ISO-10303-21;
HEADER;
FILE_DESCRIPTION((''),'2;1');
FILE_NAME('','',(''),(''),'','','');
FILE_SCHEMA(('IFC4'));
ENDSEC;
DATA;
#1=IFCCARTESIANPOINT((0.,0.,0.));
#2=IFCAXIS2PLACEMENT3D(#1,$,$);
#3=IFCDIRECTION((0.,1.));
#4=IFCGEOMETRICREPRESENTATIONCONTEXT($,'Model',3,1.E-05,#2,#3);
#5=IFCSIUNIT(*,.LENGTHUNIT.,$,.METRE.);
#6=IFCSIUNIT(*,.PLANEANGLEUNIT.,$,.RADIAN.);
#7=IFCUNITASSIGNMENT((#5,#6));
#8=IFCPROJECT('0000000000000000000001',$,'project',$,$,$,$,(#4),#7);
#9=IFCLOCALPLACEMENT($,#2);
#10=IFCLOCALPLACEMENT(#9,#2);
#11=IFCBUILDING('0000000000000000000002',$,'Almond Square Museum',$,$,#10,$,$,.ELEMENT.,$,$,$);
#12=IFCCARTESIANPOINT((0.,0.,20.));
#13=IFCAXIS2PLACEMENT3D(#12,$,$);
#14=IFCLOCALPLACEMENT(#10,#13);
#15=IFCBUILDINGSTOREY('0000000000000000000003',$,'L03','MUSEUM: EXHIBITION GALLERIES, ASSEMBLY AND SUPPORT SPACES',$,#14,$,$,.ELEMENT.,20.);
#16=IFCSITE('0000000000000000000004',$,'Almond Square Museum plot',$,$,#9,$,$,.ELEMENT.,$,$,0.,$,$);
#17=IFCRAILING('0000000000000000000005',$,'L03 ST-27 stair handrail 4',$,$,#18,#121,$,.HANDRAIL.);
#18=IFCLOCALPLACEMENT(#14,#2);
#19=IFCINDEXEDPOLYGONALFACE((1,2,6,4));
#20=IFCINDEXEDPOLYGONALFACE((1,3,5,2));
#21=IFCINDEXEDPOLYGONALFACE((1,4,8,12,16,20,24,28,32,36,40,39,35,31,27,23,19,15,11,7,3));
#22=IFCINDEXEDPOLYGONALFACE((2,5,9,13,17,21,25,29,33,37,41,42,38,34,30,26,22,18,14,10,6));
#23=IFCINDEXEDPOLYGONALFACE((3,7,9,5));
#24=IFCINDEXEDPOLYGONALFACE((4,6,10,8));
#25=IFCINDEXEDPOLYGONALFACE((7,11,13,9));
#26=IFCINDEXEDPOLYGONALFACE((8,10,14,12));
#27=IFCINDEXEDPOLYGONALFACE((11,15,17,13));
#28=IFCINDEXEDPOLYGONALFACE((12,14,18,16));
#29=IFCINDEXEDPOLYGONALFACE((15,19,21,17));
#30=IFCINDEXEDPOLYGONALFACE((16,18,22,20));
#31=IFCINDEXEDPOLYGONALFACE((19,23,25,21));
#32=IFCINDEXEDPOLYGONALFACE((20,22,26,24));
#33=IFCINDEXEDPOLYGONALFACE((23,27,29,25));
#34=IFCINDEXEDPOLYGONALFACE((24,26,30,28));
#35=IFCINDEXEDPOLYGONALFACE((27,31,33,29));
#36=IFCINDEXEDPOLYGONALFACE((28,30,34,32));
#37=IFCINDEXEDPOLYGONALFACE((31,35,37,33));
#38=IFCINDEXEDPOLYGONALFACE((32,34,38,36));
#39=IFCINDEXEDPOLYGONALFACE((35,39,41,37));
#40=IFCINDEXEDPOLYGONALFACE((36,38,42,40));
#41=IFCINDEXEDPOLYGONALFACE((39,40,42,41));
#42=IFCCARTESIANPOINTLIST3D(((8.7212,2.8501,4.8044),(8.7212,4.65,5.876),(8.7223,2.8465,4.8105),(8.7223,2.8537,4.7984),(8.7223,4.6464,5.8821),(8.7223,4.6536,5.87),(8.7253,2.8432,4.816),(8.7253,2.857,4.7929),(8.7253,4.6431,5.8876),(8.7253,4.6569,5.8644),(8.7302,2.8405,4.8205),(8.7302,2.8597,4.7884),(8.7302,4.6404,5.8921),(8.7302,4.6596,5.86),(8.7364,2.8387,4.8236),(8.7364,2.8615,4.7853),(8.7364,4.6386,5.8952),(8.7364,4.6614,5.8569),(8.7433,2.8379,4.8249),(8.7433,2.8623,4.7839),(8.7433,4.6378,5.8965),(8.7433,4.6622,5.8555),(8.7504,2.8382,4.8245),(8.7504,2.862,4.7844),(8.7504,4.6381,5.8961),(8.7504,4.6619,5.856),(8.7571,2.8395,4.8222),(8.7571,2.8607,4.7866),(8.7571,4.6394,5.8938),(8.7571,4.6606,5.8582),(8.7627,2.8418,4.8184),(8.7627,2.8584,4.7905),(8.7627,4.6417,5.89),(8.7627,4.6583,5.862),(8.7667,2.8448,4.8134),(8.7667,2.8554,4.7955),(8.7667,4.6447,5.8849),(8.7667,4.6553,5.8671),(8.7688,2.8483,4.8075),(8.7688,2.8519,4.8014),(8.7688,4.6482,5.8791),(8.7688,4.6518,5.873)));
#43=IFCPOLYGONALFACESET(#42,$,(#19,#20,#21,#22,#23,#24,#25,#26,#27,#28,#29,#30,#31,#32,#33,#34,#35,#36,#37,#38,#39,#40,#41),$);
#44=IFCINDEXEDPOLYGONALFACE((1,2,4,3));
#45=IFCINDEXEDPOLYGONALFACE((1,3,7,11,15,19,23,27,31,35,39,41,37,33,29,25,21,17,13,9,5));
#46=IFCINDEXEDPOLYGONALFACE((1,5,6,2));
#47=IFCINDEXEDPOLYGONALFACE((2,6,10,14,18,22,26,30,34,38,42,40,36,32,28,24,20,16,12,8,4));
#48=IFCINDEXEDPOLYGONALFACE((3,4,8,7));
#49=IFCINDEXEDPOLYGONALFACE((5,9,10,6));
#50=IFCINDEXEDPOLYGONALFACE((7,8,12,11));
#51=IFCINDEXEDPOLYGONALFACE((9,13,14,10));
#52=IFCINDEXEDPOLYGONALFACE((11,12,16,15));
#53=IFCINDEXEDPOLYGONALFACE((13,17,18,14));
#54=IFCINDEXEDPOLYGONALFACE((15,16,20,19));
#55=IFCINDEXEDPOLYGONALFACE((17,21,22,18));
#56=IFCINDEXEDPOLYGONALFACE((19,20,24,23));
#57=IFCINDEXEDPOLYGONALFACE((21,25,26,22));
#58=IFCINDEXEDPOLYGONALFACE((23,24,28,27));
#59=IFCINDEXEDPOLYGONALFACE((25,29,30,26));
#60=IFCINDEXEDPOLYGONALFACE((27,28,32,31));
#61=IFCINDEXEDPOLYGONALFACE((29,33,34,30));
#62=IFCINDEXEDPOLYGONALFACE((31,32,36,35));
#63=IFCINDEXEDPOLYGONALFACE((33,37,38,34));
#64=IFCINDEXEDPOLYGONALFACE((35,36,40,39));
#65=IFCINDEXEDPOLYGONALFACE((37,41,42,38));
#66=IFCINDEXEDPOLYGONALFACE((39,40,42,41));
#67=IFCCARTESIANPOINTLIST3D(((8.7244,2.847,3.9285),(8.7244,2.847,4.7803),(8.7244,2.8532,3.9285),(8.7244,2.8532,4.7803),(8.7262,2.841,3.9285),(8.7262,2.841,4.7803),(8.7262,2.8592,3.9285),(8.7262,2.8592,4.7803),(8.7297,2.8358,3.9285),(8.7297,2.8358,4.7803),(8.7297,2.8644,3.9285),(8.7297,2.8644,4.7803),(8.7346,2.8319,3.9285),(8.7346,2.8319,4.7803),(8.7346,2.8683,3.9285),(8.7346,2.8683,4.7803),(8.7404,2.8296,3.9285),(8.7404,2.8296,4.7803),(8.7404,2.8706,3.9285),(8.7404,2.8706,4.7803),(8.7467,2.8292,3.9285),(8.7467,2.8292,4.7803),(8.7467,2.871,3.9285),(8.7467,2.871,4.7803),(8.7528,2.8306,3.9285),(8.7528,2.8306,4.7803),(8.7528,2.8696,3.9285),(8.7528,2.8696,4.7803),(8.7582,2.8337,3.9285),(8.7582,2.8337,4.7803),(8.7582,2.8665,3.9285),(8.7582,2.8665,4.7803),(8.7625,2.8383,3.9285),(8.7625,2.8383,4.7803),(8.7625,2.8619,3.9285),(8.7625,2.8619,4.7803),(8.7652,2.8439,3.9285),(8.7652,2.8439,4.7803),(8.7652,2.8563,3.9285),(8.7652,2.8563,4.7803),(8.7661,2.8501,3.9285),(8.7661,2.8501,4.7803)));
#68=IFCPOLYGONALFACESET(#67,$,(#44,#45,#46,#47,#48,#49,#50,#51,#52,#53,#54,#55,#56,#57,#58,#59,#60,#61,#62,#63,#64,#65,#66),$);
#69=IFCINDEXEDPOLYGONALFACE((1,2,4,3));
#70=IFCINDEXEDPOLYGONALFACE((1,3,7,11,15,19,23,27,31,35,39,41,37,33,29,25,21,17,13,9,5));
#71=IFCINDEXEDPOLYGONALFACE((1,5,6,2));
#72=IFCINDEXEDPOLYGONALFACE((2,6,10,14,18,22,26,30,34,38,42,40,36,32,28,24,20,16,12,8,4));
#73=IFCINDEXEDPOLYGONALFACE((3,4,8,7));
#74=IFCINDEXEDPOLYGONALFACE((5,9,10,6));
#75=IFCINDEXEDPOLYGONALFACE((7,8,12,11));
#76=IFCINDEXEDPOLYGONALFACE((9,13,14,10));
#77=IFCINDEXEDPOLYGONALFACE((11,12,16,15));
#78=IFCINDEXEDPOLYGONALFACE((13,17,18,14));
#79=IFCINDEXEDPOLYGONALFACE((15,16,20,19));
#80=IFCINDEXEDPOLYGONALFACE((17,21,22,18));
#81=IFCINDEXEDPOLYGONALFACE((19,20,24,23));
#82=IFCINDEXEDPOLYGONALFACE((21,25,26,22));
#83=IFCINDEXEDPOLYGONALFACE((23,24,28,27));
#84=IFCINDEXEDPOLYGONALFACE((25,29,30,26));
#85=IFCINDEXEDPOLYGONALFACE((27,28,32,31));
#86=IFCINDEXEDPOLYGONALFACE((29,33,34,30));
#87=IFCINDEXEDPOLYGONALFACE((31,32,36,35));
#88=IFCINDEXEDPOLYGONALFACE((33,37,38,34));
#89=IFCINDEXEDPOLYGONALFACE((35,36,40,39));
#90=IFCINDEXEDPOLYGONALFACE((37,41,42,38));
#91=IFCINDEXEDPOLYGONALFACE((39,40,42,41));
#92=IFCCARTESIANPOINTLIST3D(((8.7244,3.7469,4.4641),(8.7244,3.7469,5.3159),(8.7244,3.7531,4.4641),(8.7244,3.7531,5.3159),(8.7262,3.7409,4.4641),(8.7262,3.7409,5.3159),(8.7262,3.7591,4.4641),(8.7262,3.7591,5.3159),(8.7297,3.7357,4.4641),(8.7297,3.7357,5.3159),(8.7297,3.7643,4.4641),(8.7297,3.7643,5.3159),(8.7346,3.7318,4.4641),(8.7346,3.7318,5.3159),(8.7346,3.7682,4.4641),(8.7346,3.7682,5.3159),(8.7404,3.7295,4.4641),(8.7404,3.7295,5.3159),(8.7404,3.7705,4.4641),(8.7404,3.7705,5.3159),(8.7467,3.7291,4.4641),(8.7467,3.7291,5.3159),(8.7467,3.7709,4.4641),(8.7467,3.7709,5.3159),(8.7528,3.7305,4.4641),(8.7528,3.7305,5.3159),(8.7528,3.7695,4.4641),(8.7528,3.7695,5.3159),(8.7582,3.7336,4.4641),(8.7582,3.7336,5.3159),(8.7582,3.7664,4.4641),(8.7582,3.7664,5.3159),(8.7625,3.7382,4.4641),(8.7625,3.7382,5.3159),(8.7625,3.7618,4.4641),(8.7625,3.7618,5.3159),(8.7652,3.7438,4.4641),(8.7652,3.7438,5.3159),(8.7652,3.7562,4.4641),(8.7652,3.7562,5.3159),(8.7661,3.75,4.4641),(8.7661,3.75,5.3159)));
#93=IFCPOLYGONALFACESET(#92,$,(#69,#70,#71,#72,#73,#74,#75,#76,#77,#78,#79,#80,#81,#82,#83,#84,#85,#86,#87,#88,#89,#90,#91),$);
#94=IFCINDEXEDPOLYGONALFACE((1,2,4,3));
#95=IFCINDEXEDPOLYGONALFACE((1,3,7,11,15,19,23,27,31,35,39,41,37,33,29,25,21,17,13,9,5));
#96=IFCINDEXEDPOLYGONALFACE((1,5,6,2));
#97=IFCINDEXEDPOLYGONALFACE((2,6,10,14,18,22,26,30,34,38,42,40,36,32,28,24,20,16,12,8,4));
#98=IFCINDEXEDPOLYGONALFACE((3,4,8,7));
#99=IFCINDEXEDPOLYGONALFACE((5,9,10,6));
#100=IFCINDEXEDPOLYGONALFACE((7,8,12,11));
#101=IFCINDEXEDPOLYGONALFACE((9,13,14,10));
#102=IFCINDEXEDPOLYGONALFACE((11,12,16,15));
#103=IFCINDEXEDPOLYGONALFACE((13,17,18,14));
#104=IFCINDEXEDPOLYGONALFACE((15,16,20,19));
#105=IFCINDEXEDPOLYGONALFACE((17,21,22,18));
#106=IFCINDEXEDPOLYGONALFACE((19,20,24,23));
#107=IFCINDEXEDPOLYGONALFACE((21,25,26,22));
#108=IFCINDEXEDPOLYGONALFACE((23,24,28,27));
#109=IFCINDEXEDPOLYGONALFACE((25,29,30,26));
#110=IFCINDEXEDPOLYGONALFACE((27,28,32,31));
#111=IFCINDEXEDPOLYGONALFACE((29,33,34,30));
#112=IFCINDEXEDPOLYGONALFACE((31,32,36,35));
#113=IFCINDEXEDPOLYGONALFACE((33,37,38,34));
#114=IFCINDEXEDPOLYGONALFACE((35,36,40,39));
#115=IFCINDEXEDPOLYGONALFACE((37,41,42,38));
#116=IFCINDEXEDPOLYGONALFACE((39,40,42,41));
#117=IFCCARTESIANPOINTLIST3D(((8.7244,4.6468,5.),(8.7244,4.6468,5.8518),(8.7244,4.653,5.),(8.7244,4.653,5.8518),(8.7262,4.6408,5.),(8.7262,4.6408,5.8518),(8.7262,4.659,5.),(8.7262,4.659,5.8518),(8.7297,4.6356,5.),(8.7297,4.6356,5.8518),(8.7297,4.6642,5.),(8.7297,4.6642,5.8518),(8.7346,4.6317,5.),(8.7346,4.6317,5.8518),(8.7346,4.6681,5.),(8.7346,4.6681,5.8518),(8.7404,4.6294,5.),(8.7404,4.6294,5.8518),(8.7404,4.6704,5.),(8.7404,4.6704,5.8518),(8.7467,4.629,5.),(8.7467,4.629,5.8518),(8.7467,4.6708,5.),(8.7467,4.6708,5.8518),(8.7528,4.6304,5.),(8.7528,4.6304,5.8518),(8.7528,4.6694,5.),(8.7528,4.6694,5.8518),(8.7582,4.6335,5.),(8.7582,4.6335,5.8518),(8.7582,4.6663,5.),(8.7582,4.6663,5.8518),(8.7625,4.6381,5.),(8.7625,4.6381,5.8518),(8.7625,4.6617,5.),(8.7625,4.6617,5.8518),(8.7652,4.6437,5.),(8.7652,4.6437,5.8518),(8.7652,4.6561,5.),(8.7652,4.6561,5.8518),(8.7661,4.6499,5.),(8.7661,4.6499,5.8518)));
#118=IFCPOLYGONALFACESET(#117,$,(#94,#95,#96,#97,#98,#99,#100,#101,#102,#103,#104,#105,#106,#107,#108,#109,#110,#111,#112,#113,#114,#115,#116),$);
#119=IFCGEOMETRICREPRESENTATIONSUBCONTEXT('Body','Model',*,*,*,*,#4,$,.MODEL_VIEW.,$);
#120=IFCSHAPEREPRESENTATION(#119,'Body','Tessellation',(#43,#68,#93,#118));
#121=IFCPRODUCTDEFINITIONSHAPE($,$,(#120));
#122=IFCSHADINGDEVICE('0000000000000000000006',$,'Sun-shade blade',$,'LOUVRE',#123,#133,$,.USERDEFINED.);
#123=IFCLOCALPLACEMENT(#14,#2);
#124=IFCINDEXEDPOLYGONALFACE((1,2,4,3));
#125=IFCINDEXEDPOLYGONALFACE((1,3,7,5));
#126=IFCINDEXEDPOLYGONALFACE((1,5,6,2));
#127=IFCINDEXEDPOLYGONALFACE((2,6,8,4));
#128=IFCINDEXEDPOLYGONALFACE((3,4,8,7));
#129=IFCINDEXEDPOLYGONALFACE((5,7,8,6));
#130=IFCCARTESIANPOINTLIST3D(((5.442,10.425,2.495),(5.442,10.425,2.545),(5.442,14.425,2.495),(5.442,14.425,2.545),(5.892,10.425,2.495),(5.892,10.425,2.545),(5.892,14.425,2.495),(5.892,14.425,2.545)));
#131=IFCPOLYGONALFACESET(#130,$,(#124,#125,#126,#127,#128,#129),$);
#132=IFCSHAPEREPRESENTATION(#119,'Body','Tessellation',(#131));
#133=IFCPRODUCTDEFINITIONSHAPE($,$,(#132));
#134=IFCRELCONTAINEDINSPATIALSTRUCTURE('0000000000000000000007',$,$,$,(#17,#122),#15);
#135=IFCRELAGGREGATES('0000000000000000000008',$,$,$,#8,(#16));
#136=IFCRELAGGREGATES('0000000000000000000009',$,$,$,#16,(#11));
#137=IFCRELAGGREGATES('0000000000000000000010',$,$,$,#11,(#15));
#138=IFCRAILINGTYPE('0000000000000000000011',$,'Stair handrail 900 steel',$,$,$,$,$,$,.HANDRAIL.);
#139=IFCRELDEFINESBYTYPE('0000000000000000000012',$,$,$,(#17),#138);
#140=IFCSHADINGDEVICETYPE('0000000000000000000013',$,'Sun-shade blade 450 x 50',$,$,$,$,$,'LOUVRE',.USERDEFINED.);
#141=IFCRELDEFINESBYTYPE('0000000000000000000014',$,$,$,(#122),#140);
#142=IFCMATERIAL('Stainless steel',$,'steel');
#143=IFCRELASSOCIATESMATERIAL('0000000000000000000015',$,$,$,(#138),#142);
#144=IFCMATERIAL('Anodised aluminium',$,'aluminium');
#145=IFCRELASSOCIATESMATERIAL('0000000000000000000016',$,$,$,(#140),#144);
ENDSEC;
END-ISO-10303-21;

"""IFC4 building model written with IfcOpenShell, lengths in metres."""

from ifc_helpers import new_model, si_unit, direction, frame, origin, origin_2d, place, context, subcontext, project, spatial, rectangle, circle, extrude, material, material_profile, profile_set, type_object, element, save


model = new_model("IFC4")

# Units and contexts
model_context = context("Model", 3, precision=1e-05, world=origin(), true_north=direction((0.0, 1.0)))
body_context = subcontext(model_context, "Body", "Model", "MODEL_VIEW")
ifc_project = project(units=[si_unit("LENGTHUNIT", "METRE"), si_unit("PLANEANGLEUNIT", "RADIAN")], contexts=[model_context])

# Site, building, storey
site_placement = place(None, origin())
site = spatial("IfcSite", under=ifc_project, at=site_placement, Name="Almond Square Museum plot", CompositionType="ELEMENT", RefElevation=0.0)
building_placement = place(site_placement, origin())
building = spatial("IfcBuilding", under=site, at=building_placement, Name="Almond Square Museum", CompositionType="ELEMENT")
storey_placement = place(building_placement, frame((0.0, 0.0, 20.0)))
storey = spatial("IfcBuildingStorey", under=building, at=storey_placement, Name="L03", Description="MUSEUM: EXHIBITION GALLERIES, ASSEMBLY AND SUPPORT SPACES", CompositionType="ELEMENT", Elevation=20.0)

# Railing
ifc_material_1 = material(Name="Stainless steel", Category="steel")
railing_type_1 = type_object("IfcRailingType", Name="Stair handrail 900 steel", PredefinedType="HANDRAIL", material=ifc_material_1)
railing_1_placement = place(storey_placement, frame((8.7451, 2.8501, 3.9285)))
element("IfcRailing", 1, at=railing_1_placement, inside=storey, type_object=railing_type_1, Name="L03 ST-27 stair handrail 4", PredefinedType="HANDRAIL", context=body_context, shape_type="SweptSolid", body=[
    extrude(circle(Radius=0.0239, at=origin_2d()), frame((0.0, 0.0, 0.876), z_axis=(0.0, 0.859247, 0.511562), x_axis=(-1.0, 0.0, 0.0)), (0.0, 0.0, 1.0), 2.0947),
    extrude(circle(Radius=0.021, at=origin_2d()), origin(), (0.0, 0.0, 1.0), 0.8518),
    extrude(circle(Radius=0.021, at=origin_2d()), frame((0.0, 0.8999, 0.5356)), (0.0, 0.0, 1.0), 0.8518),
    extrude(circle(Radius=0.021, at=origin_2d()), frame((0.0, 1.7998, 1.0715)), (0.0, 0.0, 1.0), 0.8518),
])

# Shading device
ifc_material_2 = material(Name="Anodised aluminium", Category="aluminium")
ifc_material_profile_1 = material_profile(ifc_material_2, rectangle(XDim=0.45, YDim=0.05, at=origin_2d()))
ifc_profile_set_1 = profile_set([ifc_material_profile_1], Name="Anodised aluminium")
shading_device_type = type_object("IfcShadingDeviceType", Name="Sun-shade blade 450 x 50", ElementType="LOUVRE", PredefinedType="USERDEFINED", material=ifc_profile_set_1)
shading_device_placement = place(storey_placement, frame((5.667, 10.425, 2.52), z_axis=(0.0, 1.0, 0.0), x_axis=(-1.0, 0.0, 0.0)))
element("IfcShadingDevice", 2, at=shading_device_placement, inside=storey, type_object=shading_device_type, Name="Sun-shade blade", ObjectType="LOUVRE", PredefinedType="USERDEFINED", context=body_context, shape_type="SweptSolid", body=[
    extrude(rectangle(XDim=0.45, YDim=0.05, at=origin_2d()), origin(), (0.0, 0.0, 1.0), 4.0),
])

save(model, "model.ifc")
